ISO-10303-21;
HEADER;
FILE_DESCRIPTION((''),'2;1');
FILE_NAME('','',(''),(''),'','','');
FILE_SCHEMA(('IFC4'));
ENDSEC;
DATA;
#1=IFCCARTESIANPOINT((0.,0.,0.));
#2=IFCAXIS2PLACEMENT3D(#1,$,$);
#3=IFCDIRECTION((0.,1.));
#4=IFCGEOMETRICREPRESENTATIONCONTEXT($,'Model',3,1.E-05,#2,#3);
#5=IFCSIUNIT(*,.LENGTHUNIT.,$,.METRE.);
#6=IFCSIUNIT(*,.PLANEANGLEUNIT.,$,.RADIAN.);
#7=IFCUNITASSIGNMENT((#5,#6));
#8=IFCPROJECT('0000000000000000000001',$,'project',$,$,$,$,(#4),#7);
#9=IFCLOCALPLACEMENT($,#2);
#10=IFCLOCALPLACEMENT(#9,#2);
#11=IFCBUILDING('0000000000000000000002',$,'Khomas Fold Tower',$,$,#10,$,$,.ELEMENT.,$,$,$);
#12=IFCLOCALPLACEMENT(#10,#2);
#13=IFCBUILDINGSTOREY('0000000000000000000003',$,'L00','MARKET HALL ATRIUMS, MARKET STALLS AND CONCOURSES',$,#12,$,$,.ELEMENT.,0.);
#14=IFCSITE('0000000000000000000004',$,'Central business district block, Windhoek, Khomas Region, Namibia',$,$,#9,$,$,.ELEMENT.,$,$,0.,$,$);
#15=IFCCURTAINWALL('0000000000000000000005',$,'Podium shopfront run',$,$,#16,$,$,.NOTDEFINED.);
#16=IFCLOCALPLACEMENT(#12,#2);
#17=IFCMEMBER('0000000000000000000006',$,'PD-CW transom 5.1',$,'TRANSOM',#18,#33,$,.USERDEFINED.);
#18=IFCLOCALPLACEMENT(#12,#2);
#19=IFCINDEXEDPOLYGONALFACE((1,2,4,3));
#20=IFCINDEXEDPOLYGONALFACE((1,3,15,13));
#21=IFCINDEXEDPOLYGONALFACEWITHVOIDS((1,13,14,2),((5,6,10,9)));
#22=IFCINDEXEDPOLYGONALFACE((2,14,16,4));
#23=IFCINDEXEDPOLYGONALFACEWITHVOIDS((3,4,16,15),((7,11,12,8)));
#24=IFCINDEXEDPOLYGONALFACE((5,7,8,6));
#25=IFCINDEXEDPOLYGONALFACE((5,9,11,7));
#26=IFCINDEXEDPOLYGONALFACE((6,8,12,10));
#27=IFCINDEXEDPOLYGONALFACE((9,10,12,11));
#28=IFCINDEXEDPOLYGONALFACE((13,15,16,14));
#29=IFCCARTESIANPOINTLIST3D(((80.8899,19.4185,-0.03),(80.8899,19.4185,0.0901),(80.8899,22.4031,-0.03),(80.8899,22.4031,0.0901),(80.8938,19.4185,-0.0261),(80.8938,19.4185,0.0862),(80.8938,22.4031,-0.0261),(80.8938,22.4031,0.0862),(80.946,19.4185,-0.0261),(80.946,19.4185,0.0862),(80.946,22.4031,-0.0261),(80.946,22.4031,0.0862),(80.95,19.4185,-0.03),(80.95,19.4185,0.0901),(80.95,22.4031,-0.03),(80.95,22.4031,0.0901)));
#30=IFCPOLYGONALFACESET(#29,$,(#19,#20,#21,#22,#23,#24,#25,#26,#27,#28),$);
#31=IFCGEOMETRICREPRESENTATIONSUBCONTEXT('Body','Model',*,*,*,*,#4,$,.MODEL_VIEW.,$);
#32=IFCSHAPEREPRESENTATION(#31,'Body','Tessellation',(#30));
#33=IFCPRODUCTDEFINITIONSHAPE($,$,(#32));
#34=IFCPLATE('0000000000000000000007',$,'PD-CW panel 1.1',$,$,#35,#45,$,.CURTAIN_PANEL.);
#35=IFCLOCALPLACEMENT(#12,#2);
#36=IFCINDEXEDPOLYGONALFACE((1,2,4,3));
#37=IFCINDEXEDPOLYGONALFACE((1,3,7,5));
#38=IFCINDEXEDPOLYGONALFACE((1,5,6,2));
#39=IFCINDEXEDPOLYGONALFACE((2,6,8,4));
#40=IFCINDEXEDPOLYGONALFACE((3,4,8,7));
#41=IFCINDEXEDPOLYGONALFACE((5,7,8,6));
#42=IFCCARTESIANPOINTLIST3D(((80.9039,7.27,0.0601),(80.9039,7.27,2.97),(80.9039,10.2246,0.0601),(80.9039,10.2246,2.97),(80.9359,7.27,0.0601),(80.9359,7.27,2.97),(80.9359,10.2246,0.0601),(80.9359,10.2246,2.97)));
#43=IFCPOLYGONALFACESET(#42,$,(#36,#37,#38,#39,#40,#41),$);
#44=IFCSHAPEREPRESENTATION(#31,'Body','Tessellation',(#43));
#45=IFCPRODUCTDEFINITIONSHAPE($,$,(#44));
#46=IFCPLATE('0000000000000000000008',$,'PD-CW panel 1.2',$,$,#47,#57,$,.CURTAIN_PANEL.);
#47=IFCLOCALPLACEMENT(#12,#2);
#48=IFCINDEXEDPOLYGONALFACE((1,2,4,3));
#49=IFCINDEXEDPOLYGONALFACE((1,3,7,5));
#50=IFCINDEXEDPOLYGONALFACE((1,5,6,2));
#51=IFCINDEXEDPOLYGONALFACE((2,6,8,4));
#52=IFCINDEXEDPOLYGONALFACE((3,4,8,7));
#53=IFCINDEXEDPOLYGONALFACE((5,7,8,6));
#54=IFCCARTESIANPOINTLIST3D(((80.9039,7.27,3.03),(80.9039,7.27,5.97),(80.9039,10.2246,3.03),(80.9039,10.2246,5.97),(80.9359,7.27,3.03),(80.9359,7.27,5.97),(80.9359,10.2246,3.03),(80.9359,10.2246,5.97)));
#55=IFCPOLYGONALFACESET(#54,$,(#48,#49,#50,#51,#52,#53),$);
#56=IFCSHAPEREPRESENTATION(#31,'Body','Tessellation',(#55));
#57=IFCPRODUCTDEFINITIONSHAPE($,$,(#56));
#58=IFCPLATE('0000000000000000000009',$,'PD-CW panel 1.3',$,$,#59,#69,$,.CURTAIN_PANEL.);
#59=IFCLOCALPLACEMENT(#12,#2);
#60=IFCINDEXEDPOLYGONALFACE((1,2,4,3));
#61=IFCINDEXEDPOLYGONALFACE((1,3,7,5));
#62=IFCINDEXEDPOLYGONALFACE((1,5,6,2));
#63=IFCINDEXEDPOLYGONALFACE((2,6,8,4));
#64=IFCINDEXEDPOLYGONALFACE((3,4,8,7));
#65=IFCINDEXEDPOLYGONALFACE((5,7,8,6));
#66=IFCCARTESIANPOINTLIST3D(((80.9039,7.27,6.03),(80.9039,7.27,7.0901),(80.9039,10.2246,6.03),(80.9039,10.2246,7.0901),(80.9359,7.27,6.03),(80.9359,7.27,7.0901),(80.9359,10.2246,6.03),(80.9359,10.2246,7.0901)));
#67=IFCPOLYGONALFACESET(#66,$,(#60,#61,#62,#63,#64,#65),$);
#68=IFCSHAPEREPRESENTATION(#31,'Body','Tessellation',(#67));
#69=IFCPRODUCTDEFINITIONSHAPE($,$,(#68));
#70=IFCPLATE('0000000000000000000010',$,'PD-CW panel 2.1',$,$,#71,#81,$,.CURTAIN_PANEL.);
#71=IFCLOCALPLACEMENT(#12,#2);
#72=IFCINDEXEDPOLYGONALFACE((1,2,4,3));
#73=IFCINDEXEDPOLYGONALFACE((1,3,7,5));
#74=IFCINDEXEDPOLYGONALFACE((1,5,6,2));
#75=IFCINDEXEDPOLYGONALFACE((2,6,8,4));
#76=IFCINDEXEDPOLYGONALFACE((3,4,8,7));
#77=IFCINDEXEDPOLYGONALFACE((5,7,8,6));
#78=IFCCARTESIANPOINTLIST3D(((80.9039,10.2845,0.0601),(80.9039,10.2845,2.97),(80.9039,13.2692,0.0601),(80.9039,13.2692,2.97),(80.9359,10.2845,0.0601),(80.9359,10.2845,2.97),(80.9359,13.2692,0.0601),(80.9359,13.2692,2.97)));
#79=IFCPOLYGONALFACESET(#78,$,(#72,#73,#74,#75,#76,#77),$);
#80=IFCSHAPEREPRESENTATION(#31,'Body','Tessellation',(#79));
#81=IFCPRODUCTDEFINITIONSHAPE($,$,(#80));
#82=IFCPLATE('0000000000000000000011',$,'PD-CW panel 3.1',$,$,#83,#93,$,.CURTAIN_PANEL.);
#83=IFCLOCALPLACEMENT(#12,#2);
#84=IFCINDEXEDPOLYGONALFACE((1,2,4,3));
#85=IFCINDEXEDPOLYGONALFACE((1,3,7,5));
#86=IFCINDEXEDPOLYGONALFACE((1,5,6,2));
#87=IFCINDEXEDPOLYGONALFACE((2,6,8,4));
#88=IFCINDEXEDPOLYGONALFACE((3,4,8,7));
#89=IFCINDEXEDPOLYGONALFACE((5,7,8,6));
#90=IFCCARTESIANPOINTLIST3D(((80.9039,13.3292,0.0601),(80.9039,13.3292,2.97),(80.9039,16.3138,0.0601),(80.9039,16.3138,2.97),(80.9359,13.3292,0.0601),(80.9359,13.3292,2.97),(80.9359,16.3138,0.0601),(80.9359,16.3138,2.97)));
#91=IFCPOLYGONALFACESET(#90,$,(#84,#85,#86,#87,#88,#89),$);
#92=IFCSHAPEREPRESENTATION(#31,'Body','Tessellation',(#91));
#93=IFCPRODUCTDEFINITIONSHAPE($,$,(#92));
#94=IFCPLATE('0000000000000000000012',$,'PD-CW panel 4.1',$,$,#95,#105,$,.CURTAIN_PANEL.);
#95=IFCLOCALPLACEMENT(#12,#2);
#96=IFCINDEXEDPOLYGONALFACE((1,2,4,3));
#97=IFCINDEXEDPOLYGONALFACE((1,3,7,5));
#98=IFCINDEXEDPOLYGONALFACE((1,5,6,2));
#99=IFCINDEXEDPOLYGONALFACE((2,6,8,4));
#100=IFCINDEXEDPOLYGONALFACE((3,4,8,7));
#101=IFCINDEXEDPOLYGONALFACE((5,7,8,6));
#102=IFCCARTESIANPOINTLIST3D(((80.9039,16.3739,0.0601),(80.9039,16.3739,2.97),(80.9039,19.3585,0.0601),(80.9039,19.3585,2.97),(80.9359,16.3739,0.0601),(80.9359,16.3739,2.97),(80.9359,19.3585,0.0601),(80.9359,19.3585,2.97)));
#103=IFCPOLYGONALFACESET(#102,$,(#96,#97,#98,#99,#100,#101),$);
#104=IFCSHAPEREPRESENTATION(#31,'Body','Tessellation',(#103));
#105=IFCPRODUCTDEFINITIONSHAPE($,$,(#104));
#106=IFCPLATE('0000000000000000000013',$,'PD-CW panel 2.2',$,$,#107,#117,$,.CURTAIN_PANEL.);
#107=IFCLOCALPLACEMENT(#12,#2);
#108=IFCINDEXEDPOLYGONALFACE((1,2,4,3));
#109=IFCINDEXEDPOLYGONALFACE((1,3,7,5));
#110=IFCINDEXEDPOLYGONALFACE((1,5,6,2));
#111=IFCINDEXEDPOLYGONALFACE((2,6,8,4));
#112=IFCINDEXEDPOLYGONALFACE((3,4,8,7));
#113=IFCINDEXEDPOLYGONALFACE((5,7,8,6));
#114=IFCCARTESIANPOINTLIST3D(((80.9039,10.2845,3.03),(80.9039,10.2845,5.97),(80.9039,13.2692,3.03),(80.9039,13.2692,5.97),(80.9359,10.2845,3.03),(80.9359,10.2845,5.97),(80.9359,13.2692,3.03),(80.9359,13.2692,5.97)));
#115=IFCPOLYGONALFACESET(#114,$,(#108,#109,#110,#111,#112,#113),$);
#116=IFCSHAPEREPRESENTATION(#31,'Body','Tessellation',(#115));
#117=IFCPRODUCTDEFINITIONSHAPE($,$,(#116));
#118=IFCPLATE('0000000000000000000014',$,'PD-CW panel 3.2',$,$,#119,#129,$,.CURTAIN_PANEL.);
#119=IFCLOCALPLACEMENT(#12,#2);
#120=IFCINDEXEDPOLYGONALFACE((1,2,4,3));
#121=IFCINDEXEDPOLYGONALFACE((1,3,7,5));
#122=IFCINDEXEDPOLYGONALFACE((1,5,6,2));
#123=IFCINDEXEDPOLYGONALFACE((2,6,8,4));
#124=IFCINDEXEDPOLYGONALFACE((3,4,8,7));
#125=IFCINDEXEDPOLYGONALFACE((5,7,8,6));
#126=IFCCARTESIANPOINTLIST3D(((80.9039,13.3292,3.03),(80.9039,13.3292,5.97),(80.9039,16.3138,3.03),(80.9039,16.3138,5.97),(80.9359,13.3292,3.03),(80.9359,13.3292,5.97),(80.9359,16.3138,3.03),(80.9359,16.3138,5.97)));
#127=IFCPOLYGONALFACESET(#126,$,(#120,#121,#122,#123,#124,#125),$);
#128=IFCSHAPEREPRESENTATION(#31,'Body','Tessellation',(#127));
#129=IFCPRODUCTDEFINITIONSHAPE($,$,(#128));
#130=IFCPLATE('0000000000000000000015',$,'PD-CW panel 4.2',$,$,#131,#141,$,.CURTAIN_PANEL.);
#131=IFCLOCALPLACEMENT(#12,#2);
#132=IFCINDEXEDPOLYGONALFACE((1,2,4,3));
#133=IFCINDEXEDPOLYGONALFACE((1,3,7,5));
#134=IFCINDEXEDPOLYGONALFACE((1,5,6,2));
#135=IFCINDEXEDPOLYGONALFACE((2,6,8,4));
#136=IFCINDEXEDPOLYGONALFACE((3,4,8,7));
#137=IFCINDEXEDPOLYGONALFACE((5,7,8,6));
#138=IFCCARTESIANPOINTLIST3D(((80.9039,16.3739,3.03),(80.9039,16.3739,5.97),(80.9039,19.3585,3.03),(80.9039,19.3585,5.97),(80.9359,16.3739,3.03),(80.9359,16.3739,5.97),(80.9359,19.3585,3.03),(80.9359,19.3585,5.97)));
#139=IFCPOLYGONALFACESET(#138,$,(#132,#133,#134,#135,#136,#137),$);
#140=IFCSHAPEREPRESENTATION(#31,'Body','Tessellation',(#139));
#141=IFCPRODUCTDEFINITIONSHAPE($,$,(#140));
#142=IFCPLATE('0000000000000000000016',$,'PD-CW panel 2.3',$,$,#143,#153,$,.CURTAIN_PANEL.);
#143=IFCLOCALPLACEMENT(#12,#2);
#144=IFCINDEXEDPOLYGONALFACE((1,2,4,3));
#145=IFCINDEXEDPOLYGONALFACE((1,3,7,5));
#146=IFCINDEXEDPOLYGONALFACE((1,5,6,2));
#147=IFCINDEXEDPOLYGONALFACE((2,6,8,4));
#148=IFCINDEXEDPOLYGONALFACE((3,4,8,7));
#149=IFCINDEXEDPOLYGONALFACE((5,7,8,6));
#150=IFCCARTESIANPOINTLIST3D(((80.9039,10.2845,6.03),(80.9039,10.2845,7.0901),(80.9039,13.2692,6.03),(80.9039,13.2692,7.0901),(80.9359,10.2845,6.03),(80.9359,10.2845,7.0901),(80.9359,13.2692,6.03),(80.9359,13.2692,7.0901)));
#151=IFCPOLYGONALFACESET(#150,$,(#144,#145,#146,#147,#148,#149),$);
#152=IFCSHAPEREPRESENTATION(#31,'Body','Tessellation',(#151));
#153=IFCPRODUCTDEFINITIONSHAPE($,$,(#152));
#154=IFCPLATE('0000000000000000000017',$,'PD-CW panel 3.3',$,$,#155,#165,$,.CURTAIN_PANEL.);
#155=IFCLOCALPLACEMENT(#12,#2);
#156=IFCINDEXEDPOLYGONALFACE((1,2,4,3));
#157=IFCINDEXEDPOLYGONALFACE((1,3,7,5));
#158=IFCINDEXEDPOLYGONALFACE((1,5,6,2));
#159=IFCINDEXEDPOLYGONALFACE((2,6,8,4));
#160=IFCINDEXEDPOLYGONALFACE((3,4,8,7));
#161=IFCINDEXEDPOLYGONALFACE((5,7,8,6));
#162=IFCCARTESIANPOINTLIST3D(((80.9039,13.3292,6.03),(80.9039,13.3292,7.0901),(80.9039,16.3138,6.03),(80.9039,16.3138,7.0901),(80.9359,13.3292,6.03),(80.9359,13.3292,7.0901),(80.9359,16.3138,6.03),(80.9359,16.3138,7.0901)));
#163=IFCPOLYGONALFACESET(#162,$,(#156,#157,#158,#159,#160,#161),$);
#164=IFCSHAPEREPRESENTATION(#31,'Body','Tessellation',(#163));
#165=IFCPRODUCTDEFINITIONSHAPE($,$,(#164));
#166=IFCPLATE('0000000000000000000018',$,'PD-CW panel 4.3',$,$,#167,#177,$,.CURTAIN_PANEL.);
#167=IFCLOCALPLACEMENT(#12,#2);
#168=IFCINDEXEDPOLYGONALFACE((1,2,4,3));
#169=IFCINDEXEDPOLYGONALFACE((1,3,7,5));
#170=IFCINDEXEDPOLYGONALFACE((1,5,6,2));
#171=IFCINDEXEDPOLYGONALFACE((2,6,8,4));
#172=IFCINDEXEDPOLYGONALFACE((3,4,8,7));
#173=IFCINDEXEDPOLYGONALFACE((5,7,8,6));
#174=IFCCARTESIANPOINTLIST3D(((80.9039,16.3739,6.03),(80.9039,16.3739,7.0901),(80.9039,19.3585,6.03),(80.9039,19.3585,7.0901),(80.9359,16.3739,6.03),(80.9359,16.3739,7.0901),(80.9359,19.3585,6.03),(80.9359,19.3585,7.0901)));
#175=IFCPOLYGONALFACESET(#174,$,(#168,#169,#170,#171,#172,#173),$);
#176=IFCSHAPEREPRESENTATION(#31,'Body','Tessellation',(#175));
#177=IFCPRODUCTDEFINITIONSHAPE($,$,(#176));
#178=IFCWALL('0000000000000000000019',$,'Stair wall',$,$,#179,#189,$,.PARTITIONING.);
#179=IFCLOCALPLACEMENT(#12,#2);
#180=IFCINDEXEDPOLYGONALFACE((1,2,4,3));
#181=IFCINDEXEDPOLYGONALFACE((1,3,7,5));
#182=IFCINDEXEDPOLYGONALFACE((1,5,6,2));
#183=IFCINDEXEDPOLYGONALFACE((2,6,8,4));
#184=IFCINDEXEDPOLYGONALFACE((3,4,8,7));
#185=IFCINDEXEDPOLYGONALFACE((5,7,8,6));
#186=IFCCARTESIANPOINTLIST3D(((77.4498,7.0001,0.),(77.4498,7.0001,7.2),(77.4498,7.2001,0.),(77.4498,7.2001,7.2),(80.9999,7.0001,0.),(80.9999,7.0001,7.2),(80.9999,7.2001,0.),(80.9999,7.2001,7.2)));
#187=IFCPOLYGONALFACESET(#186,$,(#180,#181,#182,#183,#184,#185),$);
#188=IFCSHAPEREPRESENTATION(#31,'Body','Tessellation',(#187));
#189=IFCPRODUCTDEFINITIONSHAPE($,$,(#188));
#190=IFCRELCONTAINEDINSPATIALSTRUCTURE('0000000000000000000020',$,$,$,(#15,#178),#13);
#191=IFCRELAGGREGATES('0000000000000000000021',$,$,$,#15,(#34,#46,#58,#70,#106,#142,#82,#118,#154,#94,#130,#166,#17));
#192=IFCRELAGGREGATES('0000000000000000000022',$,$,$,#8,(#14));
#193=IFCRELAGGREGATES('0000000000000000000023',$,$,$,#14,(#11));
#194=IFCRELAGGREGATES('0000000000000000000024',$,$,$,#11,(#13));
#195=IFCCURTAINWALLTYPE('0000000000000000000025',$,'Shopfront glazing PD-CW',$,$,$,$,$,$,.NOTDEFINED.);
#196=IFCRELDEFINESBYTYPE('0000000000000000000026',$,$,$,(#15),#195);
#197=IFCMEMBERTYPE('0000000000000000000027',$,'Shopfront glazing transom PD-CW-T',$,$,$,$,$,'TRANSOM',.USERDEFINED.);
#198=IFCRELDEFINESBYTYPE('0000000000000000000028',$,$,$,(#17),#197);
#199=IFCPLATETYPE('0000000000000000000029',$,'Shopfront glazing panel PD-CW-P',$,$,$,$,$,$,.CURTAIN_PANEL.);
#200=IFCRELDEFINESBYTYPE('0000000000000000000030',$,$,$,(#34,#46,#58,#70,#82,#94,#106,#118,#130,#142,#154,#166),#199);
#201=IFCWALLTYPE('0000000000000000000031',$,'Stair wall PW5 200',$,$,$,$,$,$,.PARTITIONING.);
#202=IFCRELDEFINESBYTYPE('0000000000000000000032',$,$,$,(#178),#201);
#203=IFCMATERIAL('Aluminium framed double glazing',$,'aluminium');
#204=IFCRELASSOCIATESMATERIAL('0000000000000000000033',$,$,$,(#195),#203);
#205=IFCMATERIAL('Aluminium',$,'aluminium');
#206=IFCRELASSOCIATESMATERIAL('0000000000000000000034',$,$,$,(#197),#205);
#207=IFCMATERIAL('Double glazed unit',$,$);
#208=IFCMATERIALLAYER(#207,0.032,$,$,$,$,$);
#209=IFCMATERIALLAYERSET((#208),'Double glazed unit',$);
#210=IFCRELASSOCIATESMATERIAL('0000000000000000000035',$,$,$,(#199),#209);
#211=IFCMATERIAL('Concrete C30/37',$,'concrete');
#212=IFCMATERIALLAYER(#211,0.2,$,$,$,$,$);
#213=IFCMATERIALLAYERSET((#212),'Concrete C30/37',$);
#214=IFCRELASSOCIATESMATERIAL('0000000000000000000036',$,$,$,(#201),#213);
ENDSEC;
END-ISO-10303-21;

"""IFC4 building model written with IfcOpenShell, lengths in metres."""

from ifc_helpers import new_model, si_unit, direction, frame, frame_2d, origin, origin_2d, place, context, subcontext, project, spatial, rectangle, hollow_rectangle, extrude, source, transform, mapped, material, layer, layer_set, material_profile, profile_set, type_object, element, aggregate, save


model = new_model("IFC4")

# Units and contexts
model_context = context("Model", 3, precision=1e-05, world=origin(), true_north=direction((0.0, 1.0)))
body_context = subcontext(model_context, "Body", "Model", "MODEL_VIEW")
ifc_project = project(units=[si_unit("LENGTHUNIT", "METRE"), si_unit("PLANEANGLEUNIT", "RADIAN")], contexts=[model_context])

# Site, building, storey
site_placement = place(None, origin())
site = spatial("IfcSite", under=ifc_project, at=site_placement, Name="Central business district block, Windhoek, Khomas Region, Namibia", CompositionType="ELEMENT", RefElevation=0.0)
building_placement = place(site_placement, origin())
building = spatial("IfcBuilding", under=site, at=building_placement, Name="Khomas Fold Tower", CompositionType="ELEMENT")
storey_placement = place(building_placement, origin())
storey = spatial("IfcBuildingStorey", under=building, at=storey_placement, Name="L00", Description="MARKET HALL ATRIUMS, MARKET STALLS AND CONCOURSES", CompositionType="ELEMENT", Elevation=0.0)

# Curtain wall, member, plates
ifc_material_1 = material(Name="Aluminium framed double glazing", Category="aluminium")
curtain_wall_type = type_object("IfcCurtainWallType", Name="Shopfront glazing PD-CW", PredefinedType="NOTDEFINED", material=ifc_material_1)
curtain_wall_placement = place(storey_placement, origin())
curtain_wall = element("IfcCurtainWall", 1, at=curtain_wall_placement, inside=storey, type_object=curtain_wall_type, Name="Podium shopfront run", PredefinedType="NOTDEFINED")
ifc_material_2 = material(Name="Aluminium", Category="aluminium")
ifc_material_profile_1 = material_profile(ifc_material_2, hollow_rectangle(XDim=0.0601, YDim=0.1201, WallThickness=0.0039, at=origin_2d()), Name="Shopfront glazing transom PD-CW-T")
ifc_profile_set_1 = profile_set([ifc_material_profile_1], Name="Aluminium")
member_type_1 = type_object("IfcMemberType", Name="Shopfront glazing transom PD-CW-T", ElementType="TRANSOM", PredefinedType="USERDEFINED", material=ifc_profile_set_1)
shared_shape_1 = source(origin(), body_context, "Body", "SweptSolid", [
    extrude(hollow_rectangle(XDim=0.0601, YDim=0.1201, WallThickness=0.0039, at=origin_2d()), origin(), (0.0, 0.0, 1.0), 2.9846),
])
member_1_placement = place(storey_placement, frame((80.9199, 19.4185, 0.03), z_axis=(0.0, 1.0, 0.0), x_axis=(-1.0, 0.0, 0.0)))
member_1 = element("IfcMember", 2, at=member_1_placement, type_object=member_type_1, Name="PD-CW transom 5.1", ObjectType="TRANSOM", PredefinedType="USERDEFINED", context=body_context, shape_type="MappedRepresentation", body=[
    mapped(shared_shape_1, transform((0.0, 0.0, 0.0))),
])
ifc_material_3 = material(Name="Double glazed unit")
ifc_layer_1 = layer(ifc_material_3, 0.032)
ifc_layer_set_1 = layer_set([ifc_layer_1], Name="Double glazed unit")
plate_type = type_object("IfcPlateType", Name="Shopfront glazing panel PD-CW-P", PredefinedType="CURTAIN_PANEL", material=ifc_layer_set_1)
shared_shape_2 = source(origin(), body_context, "Body", "SweptSolid", [
    extrude(rectangle(XDim=2.9546, YDim=0.032, at=origin_2d()), origin(), (0.0, 0.0, 1.0), 2.9099),
])
plate_1_placement = place(storey_placement, frame((80.9199, 8.7473, 0.0601), z_axis=(0.0, 0.0, 1.0), x_axis=(0.0, 1.0, 0.0)))
plate_1 = element("IfcPlate", 3, at=plate_1_placement, type_object=plate_type, Name="PD-CW panel 1.1", PredefinedType="CURTAIN_PANEL", context=body_context, shape_type="MappedRepresentation", body=[
    mapped(shared_shape_2, transform((0.0, 0.0, 0.0))),
])
shared_shape_3 = source(origin(), body_context, "Body", "SweptSolid", [
    extrude(rectangle(XDim=2.9546, YDim=0.032, at=origin_2d()), origin(), (0.0, 0.0, 1.0), 2.9399),
])
plate_2_placement = place(storey_placement, frame((80.9199, 8.7473, 3.03), z_axis=(0.0, 0.0, 1.0), x_axis=(0.0, 1.0, 0.0)))
plate_2 = element("IfcPlate", 4, at=plate_2_placement, type_object=plate_type, Name="PD-CW panel 1.2", PredefinedType="CURTAIN_PANEL", context=body_context, shape_type="MappedRepresentation", body=[
    mapped(shared_shape_3, transform((0.0, 0.0, 0.0))),
])
shared_shape_4 = source(origin(), body_context, "Body", "SweptSolid", [
    extrude(rectangle(XDim=2.9546, YDim=0.032, at=origin_2d()), origin(), (0.0, 0.0, 1.0), 1.0601),
])
plate_3_placement = place(storey_placement, frame((80.9199, 8.7473, 6.03), z_axis=(0.0, 0.0, 1.0), x_axis=(0.0, 1.0, 0.0)))
plate_3 = element("IfcPlate", 5, at=plate_3_placement, type_object=plate_type, Name="PD-CW panel 1.3", PredefinedType="CURTAIN_PANEL", context=body_context, shape_type="MappedRepresentation", body=[
    mapped(shared_shape_4, transform((0.0, 0.0, 0.0))),
])
shared_shape_5 = source(origin(), body_context, "Body", "SweptSolid", [
    extrude(rectangle(XDim=2.9846, YDim=0.032, at=origin_2d()), origin(), (0.0, 0.0, 1.0), 2.9099),
])
plate_4_placement = place(storey_placement, frame((80.9199, 11.7769, 0.0601), z_axis=(0.0, 0.0, 1.0), x_axis=(0.0, 1.0, 0.0)))
plate_4 = element("IfcPlate", 6, at=plate_4_placement, type_object=plate_type, Name="PD-CW panel 2.1", PredefinedType="CURTAIN_PANEL", context=body_context, shape_type="MappedRepresentation", body=[
    mapped(shared_shape_5, transform((0.0, 0.0, 0.0))),
])
plate_5_placement = place(storey_placement, frame((80.9199, 14.8215, 0.0601), z_axis=(0.0, 0.0, 1.0), x_axis=(0.0, 1.0, 0.0)))
plate_5 = element("IfcPlate", 7, at=plate_5_placement, type_object=plate_type, Name="PD-CW panel 3.1", PredefinedType="CURTAIN_PANEL", context=body_context, shape_type="MappedRepresentation", body=[
    mapped(shared_shape_5, transform((0.0, 0.0, 0.0))),
])
plate_6_placement = place(storey_placement, frame((80.9199, 17.8662, 0.0601), z_axis=(0.0, 0.0, 1.0), x_axis=(0.0, 1.0, 0.0)))
plate_6 = element("IfcPlate", 8, at=plate_6_placement, type_object=plate_type, Name="PD-CW panel 4.1", PredefinedType="CURTAIN_PANEL", context=body_context, shape_type="MappedRepresentation", body=[
    mapped(shared_shape_5, transform((0.0, 0.0, 0.0))),
])
shared_shape_6 = source(origin(), body_context, "Body", "SweptSolid", [
    extrude(rectangle(XDim=2.9846, YDim=0.032, at=origin_2d()), origin(), (0.0, 0.0, 1.0), 2.9399),
])
plate_7_placement = place(storey_placement, frame((80.9199, 11.7769, 3.03), z_axis=(0.0, 0.0, 1.0), x_axis=(0.0, 1.0, 0.0)))
plate_7 = element("IfcPlate", 9, at=plate_7_placement, type_object=plate_type, Name="PD-CW panel 2.2", PredefinedType="CURTAIN_PANEL", context=body_context, shape_type="MappedRepresentation", body=[
    mapped(shared_shape_6, transform((0.0, 0.0, 0.0))),
])
plate_8_placement = place(storey_placement, frame((80.9199, 14.8215, 3.03), z_axis=(0.0, 0.0, 1.0), x_axis=(0.0, 1.0, 0.0)))
plate_8 = element("IfcPlate", 10, at=plate_8_placement, type_object=plate_type, Name="PD-CW panel 3.2", PredefinedType="CURTAIN_PANEL", context=body_context, shape_type="MappedRepresentation", body=[
    mapped(shared_shape_6, transform((0.0, 0.0, 0.0))),
])
plate_9_placement = place(storey_placement, frame((80.9199, 17.8662, 3.03), z_axis=(0.0, 0.0, 1.0), x_axis=(0.0, 1.0, 0.0)))
plate_9 = element("IfcPlate", 11, at=plate_9_placement, type_object=plate_type, Name="PD-CW panel 4.2", PredefinedType="CURTAIN_PANEL", context=body_context, shape_type="MappedRepresentation", body=[
    mapped(shared_shape_6, transform((0.0, 0.0, 0.0))),
])
shared_shape_7 = source(origin(), body_context, "Body", "SweptSolid", [
    extrude(rectangle(XDim=2.9846, YDim=0.032, at=origin_2d()), origin(), (0.0, 0.0, 1.0), 1.0601),
])
plate_10_placement = place(storey_placement, frame((80.9199, 11.7769, 6.03), z_axis=(0.0, 0.0, 1.0), x_axis=(0.0, 1.0, 0.0)))
plate_10 = element("IfcPlate", 12, at=plate_10_placement, type_object=plate_type, Name="PD-CW panel 2.3", PredefinedType="CURTAIN_PANEL", context=body_context, shape_type="MappedRepresentation", body=[
    mapped(shared_shape_7, transform((0.0, 0.0, 0.0))),
])
plate_11_placement = place(storey_placement, frame((80.9199, 14.8215, 6.03), z_axis=(0.0, 0.0, 1.0), x_axis=(0.0, 1.0, 0.0)))
plate_11 = element("IfcPlate", 13, at=plate_11_placement, type_object=plate_type, Name="PD-CW panel 3.3", PredefinedType="CURTAIN_PANEL", context=body_context, shape_type="MappedRepresentation", body=[
    mapped(shared_shape_7, transform((0.0, 0.0, 0.0))),
])
plate_12_placement = place(storey_placement, frame((80.9199, 17.8662, 6.03), z_axis=(0.0, 0.0, 1.0), x_axis=(0.0, 1.0, 0.0)))
plate_12 = element("IfcPlate", 14, at=plate_12_placement, type_object=plate_type, Name="PD-CW panel 4.3", PredefinedType="CURTAIN_PANEL", context=body_context, shape_type="MappedRepresentation", body=[
    mapped(shared_shape_7, transform((0.0, 0.0, 0.0))),
])
aggregate(curtain_wall, [plate_1, plate_2, plate_3, plate_4, plate_7, plate_10, plate_5, plate_8, plate_11, plate_6, plate_9, plate_12, member_1])

# Wall
ifc_material_4 = material(Name="Concrete C30/37", Category="concrete")
ifc_layer_2 = layer(ifc_material_4, 0.2)
ifc_layer_set_2 = layer_set([ifc_layer_2], Name="Concrete C30/37")
wall_type = type_object("IfcWallType", Name="Stair wall PW5 200", PredefinedType="PARTITIONING", material=ifc_layer_set_2)
shared_shape_8 = source(origin(), body_context, "Body", "SweptSolid", [
    extrude(rectangle(XDim=3.55, YDim=0.2, at=frame_2d((1.7749, 0.0))), origin(), (0.0, 0.0, 1.0), 7.2),
])
wall_placement = place(storey_placement, frame((77.45, 7.1001, 0.0), z_axis=(0.0, 0.0, 1.0), x_axis=(1.0, 0.0, 0.0)))
element("IfcWall", 15, at=wall_placement, inside=storey, type_object=wall_type, Name="Stair wall", PredefinedType="PARTITIONING", context=body_context, shape_type="MappedRepresentation", body=[
    mapped(shared_shape_8, transform((0.0, 0.0, 0.0))),
])

save(model, "model.ifc")
